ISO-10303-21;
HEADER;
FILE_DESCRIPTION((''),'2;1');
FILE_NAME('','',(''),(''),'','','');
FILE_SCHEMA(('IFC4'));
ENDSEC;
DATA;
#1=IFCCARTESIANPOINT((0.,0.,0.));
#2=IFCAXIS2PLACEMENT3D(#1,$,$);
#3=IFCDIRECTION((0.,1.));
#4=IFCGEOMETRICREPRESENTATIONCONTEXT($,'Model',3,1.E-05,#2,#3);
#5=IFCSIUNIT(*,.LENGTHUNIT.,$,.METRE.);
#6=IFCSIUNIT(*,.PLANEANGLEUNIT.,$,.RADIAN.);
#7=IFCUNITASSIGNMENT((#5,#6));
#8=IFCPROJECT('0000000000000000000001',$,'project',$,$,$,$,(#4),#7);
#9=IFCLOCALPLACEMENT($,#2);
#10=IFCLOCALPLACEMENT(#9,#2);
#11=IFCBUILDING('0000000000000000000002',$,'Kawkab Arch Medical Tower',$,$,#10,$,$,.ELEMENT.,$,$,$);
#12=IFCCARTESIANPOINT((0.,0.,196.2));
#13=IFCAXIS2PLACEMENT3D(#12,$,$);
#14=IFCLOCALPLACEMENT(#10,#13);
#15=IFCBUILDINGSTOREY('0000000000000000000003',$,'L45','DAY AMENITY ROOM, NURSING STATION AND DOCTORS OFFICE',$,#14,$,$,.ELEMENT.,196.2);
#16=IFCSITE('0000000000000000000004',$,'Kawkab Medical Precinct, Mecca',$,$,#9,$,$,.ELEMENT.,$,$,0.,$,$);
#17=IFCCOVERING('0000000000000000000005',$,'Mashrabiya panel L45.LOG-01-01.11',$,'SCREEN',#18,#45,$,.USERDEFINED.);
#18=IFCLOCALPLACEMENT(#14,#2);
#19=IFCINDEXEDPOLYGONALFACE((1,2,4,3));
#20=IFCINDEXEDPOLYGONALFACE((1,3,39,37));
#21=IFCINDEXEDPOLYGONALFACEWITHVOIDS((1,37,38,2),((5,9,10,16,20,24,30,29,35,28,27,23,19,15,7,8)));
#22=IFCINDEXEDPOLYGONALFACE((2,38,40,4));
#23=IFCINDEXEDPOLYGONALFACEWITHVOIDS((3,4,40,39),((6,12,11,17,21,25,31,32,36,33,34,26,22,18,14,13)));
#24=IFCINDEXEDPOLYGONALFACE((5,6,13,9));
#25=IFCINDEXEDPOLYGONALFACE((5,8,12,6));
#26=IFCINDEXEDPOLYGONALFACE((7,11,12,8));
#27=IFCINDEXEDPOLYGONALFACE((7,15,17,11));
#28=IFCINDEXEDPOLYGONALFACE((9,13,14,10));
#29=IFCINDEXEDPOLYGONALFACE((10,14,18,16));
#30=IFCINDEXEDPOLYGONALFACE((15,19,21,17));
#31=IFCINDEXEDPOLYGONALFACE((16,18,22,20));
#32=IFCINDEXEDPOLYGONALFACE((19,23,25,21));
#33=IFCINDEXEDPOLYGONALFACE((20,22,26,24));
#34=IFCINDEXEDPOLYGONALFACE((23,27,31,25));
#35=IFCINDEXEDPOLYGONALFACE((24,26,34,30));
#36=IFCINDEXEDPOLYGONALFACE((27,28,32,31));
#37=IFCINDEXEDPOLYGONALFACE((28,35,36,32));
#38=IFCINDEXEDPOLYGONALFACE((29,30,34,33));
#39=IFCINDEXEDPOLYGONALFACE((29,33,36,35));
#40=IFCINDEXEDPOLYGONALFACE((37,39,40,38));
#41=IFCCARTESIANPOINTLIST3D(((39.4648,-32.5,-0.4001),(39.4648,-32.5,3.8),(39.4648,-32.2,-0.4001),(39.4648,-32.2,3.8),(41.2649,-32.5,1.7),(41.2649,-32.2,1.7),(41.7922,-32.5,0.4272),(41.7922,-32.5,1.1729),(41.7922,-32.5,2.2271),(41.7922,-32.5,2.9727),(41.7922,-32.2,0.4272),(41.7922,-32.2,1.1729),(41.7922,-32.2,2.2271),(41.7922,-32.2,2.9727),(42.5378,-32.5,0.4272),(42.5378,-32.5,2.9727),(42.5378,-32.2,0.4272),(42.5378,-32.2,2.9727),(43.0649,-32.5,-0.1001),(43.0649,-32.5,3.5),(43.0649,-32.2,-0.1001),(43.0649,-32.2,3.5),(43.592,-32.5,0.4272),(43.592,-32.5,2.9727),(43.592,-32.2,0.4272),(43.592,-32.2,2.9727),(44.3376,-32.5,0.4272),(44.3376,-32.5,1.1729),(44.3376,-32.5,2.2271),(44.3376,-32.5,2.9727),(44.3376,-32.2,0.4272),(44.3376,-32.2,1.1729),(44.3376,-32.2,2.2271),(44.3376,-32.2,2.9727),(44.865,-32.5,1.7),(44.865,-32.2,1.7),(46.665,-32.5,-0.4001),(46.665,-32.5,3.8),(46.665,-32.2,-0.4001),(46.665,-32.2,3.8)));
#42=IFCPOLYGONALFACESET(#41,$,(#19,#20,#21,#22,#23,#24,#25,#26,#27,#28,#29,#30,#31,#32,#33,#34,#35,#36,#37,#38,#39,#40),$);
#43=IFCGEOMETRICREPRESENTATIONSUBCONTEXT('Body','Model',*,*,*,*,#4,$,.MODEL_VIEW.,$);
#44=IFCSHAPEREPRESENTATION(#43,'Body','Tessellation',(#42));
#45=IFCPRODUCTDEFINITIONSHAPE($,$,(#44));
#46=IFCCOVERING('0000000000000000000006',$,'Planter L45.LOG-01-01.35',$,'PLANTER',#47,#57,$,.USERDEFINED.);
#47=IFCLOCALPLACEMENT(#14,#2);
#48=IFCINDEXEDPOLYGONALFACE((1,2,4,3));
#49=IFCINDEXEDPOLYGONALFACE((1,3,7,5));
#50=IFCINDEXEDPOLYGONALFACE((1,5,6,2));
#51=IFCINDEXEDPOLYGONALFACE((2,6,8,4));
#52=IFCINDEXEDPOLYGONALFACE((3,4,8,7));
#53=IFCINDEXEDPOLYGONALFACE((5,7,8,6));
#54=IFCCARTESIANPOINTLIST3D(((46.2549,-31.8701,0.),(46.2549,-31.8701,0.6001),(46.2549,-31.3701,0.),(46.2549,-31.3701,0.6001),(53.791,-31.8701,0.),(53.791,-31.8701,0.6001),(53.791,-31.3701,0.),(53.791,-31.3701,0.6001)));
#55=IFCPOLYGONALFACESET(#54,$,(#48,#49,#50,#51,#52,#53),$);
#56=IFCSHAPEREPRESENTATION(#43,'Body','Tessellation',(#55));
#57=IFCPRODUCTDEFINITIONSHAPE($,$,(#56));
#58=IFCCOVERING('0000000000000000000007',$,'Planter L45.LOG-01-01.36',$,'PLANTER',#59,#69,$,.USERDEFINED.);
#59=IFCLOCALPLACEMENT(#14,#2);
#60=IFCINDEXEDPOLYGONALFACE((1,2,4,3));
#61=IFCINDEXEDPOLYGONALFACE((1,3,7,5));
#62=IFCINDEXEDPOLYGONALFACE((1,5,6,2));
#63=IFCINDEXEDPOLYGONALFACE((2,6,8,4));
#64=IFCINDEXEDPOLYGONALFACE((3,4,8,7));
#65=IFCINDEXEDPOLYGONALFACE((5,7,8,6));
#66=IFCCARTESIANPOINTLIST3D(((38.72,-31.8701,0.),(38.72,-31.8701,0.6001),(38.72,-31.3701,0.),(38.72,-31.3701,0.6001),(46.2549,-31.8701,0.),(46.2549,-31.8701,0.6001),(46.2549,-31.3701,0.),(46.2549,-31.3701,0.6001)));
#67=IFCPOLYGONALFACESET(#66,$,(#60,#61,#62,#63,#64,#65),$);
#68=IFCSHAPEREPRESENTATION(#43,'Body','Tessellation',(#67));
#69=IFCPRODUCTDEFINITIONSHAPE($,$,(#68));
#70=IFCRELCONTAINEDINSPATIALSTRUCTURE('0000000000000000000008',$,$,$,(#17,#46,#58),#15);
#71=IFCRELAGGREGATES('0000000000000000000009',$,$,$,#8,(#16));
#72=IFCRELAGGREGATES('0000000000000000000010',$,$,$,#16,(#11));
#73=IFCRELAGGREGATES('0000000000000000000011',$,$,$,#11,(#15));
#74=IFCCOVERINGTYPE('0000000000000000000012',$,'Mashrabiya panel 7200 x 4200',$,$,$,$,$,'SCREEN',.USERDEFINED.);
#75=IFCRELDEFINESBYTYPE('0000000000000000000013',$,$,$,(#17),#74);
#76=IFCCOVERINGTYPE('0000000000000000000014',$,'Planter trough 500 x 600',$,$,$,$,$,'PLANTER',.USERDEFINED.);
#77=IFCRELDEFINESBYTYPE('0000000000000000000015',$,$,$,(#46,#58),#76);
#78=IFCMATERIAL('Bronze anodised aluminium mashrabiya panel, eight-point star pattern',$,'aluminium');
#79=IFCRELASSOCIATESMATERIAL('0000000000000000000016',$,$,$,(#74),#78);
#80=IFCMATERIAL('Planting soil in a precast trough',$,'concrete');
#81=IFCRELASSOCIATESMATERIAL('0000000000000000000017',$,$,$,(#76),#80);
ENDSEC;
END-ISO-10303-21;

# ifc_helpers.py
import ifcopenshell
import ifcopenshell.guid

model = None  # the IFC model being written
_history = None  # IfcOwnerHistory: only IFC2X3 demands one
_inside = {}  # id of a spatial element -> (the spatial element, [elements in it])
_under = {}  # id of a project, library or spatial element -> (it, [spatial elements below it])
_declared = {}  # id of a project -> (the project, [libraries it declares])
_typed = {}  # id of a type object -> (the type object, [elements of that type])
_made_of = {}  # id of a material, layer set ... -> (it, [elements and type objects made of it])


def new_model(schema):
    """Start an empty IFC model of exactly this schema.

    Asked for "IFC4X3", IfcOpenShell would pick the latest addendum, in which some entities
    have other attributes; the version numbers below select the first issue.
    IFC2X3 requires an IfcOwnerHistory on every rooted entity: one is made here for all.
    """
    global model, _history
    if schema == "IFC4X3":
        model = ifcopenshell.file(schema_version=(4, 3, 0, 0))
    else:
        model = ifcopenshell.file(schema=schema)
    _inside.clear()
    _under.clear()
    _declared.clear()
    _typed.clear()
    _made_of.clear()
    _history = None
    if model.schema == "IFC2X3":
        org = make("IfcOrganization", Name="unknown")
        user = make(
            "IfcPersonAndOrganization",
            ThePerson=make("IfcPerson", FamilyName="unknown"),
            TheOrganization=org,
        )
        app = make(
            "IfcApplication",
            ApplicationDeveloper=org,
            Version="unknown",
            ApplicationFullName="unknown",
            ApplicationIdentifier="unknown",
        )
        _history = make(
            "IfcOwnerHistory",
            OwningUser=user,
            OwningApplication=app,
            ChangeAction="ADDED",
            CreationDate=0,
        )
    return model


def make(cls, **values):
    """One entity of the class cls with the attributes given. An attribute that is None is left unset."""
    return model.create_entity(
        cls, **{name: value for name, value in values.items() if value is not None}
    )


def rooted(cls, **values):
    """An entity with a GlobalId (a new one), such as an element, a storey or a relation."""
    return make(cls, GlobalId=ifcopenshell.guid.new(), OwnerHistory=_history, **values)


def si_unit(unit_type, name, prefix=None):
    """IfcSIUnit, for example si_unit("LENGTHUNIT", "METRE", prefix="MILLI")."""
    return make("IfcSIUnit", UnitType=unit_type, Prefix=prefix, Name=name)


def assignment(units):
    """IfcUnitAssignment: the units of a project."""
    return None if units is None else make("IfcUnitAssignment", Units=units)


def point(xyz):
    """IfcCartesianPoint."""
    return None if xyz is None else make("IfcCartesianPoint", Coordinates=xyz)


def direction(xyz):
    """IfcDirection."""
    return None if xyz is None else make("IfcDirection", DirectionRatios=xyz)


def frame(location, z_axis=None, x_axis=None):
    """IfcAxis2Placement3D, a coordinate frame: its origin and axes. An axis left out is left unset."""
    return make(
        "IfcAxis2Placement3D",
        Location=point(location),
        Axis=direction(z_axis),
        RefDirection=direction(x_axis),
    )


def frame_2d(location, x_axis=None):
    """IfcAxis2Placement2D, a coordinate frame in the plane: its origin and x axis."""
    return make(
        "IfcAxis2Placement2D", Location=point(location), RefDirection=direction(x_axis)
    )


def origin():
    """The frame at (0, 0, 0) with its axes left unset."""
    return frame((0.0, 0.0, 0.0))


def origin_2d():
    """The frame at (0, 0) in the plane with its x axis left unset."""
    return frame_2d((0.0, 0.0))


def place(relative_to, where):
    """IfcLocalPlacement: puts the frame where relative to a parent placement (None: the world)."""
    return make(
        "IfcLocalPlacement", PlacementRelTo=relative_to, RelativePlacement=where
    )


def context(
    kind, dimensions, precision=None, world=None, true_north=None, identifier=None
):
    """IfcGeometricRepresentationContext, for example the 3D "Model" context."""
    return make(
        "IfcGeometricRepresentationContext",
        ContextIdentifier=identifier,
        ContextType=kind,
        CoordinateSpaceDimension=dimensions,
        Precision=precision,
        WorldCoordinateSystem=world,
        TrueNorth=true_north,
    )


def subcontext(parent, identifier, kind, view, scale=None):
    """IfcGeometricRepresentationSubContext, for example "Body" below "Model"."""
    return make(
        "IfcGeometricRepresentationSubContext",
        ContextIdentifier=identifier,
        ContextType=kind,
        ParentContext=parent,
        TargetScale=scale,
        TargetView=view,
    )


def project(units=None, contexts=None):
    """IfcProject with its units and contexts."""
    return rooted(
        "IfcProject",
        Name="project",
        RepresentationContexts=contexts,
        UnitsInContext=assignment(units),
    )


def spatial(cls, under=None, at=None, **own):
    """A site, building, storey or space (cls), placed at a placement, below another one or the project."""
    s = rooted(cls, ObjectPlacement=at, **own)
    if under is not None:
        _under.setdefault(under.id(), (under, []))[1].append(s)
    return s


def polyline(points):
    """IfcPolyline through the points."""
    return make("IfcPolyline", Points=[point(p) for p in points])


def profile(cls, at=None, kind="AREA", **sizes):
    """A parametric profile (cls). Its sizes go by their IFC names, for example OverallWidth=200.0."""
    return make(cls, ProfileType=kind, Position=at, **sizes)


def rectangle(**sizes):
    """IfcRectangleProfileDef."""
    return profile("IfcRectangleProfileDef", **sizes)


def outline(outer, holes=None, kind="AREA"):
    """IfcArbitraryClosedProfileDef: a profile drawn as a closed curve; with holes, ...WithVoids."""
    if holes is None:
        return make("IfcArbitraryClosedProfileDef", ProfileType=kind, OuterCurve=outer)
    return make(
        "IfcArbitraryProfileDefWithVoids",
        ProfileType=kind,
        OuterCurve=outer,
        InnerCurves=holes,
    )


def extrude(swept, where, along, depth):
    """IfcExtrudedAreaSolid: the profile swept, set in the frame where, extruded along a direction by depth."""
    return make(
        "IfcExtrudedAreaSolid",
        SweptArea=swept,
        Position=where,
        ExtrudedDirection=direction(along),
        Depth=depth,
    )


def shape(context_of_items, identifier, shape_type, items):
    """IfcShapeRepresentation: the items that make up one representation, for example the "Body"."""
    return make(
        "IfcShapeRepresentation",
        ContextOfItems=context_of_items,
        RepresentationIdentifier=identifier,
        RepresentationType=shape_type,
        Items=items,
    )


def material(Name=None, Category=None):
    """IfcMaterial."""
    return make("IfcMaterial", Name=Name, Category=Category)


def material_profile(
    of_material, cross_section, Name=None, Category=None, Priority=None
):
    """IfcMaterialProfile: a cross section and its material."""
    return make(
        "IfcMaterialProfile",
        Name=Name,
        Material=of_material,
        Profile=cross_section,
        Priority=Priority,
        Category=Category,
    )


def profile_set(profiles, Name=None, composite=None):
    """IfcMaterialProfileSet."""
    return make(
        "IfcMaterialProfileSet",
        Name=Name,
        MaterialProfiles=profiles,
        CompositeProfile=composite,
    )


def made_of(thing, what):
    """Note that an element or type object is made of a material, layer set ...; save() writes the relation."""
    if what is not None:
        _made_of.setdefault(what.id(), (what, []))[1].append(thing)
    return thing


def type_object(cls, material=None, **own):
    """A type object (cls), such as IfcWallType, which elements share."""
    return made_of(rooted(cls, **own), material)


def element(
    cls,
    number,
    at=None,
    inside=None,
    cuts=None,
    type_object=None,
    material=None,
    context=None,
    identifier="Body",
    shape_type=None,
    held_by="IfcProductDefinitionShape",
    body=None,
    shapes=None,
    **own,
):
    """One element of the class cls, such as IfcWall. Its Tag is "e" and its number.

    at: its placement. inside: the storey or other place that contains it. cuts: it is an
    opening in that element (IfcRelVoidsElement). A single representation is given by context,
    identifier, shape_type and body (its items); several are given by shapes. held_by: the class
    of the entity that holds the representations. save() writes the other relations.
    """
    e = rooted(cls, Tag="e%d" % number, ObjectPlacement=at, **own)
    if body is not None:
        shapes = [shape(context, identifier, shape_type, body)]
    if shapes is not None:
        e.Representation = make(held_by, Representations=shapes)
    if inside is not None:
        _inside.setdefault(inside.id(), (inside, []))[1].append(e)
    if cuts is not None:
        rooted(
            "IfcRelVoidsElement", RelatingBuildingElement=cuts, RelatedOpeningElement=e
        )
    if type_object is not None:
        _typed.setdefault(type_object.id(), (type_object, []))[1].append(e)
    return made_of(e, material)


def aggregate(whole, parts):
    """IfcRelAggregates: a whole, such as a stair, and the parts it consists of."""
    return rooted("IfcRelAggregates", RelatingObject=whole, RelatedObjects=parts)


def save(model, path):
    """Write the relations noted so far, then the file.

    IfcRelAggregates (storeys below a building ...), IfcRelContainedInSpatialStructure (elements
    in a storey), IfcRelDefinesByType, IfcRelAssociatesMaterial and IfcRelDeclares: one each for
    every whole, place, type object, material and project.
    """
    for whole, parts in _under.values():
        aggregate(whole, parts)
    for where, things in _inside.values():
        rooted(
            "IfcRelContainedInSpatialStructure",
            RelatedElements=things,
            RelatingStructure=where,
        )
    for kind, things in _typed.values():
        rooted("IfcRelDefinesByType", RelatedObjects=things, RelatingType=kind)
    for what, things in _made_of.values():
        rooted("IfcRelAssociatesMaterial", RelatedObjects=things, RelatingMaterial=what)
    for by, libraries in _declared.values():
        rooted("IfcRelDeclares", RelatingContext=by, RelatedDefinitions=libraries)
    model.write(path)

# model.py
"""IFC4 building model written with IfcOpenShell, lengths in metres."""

from ifc_helpers import new_model, si_unit, direction, frame, origin, origin_2d, place, context, subcontext, project, spatial, polyline, rectangle, outline, extrude, material, material_profile, profile_set, type_object, element, save


model = new_model("IFC4")

# Units and contexts
model_context = context("Model", 3, precision=1e-05, world=origin(), true_north=direction((0.0, 1.0)))
body_context = subcontext(model_context, "Body", "Model", "MODEL_VIEW")
ifc_project = project(units=[si_unit("LENGTHUNIT", "METRE"), si_unit("PLANEANGLEUNIT", "RADIAN")], contexts=[model_context])

# Site, building, storey
site_placement = place(None, origin())
site = spatial("IfcSite", under=ifc_project, at=site_placement, Name="Kawkab Medical Precinct, Mecca", CompositionType="ELEMENT", RefElevation=0.0)
building_placement = place(site_placement, origin())
building = spatial("IfcBuilding", under=site, at=building_placement, Name="Kawkab Arch Medical Tower", CompositionType="ELEMENT")
storey_placement = place(building_placement, frame((0.0, 0.0, 196.2)))
storey = spatial("IfcBuildingStorey", under=building, at=storey_placement, Name="L45", Description="DAY AMENITY ROOM, NURSING STATION AND DOCTORS OFFICE", CompositionType="ELEMENT", Elevation=196.2)

# Coverings
ifc_material_1 = material(Name="Bronze anodised aluminium mashrabiya panel, eight-point star pattern", Category="aluminium")
ifc_material_profile_1 = material_profile(ifc_material_1, outline(polyline([(-3.6001, -2.1001), (3.6001, -2.1001), (3.6001, 2.1001), (-3.6001, 2.1001), (-3.6001, -2.1001)]), holes=[polyline([(1.8, 0.0), (1.2727, 0.5271), (1.2727, 1.2727), (0.5271, 1.2727), (0.0, 1.8), (-0.5271, 1.2727), (-1.2727, 1.2727), (-1.2727, 0.5271), (-1.8, 0.0), (-1.2727, -0.5271), (-1.2727, -1.2727), (-0.5271, -1.2727), (0.0, -1.8), (0.5271, -1.2727), (1.2727, -1.2727), (1.2727, -0.5271), (1.8, 0.0)])]), Name="Mashrabiya panel 7200x4200")
ifc_profile_set_1 = profile_set([ifc_material_profile_1], Name="Bronze anodised aluminium mashrabiya panel, eight-point star pattern")
covering_type_1 = type_object("IfcCoveringType", Name="Mashrabiya panel 7200 x 4200", ElementType="SCREEN", PredefinedType="USERDEFINED", material=ifc_profile_set_1)
covering_1_placement = place(storey_placement, frame((43.0649, -32.2, 1.7), z_axis=(0.0, -1.0, 0.0), x_axis=(1.0, 0.0, 0.0)))
element("IfcCovering", 1, at=covering_1_placement, inside=storey, type_object=covering_type_1, Name="Mashrabiya panel L45.LOG-01-01.11", ObjectType="SCREEN", PredefinedType="USERDEFINED", context=body_context, shape_type="SweptSolid", body=[
    extrude(outline(polyline([(-3.6001, -2.1001), (3.6001, -2.1001), (3.6001, 2.1001), (-3.6001, 2.1001), (-3.6001, -2.1001)]), holes=[polyline([(1.8, 0.0), (1.2727, 0.5271), (1.2727, 1.2727), (0.5271, 1.2727), (0.0, 1.8), (-0.5271, 1.2727), (-1.2727, 1.2727), (-1.2727, 0.5271), (-1.8, 0.0), (-1.2727, -0.5271), (-1.2727, -1.2727), (-0.5271, -1.2727), (0.0, -1.8), (0.5271, -1.2727), (1.2727, -1.2727), (1.2727, -0.5271), (1.8, 0.0)])]), origin(), (0.0, 0.0, 1.0), 0.3),
])
ifc_material_2 = material(Name="Planting soil in a precast trough", Category="concrete")
ifc_material_profile_2 = material_profile(ifc_material_2, rectangle(XDim=0.5, YDim=0.6001, at=origin_2d()), Name="Trough 500x600")
ifc_profile_set_2 = profile_set([ifc_material_profile_2], Name="Planting soil in a precast trough")
covering_type_2 = type_object("IfcCoveringType", Name="Planter trough 500 x 600", ElementType="PLANTER", PredefinedType="USERDEFINED", material=ifc_profile_set_2)
covering_2_placement = place(storey_placement, frame((53.791, -31.6201, 0.3), z_axis=(-1.0, 0.0, 0.0), x_axis=(0.0, -1.0, 0.0)))
element("IfcCovering", 2, at=covering_2_placement, inside=storey, type_object=covering_type_2, Name="Planter L45.LOG-01-01.35", ObjectType="PLANTER", PredefinedType="USERDEFINED", context=body_context, shape_type="SweptSolid", body=[
    extrude(rectangle(XDim=0.5, YDim=0.6001, at=origin_2d()), origin(), (0.0, 0.0, 1.0), 7.5361),
])
covering_3_placement = place(storey_placement, frame((46.2549, -31.6201, 0.3), z_axis=(-1.0, 0.0, 0.0), x_axis=(0.0, -1.0, 0.0)))
element("IfcCovering", 3, at=covering_3_placement, inside=storey, type_object=covering_type_2, Name="Planter L45.LOG-01-01.36", ObjectType="PLANTER", PredefinedType="USERDEFINED", context=body_context, shape_type="SweptSolid", body=[
    extrude(rectangle(XDim=0.5, YDim=0.6001, at=origin_2d()), origin(), (0.0, 0.0, 1.0), 7.5349),
])

save(model, "model.ifc")
